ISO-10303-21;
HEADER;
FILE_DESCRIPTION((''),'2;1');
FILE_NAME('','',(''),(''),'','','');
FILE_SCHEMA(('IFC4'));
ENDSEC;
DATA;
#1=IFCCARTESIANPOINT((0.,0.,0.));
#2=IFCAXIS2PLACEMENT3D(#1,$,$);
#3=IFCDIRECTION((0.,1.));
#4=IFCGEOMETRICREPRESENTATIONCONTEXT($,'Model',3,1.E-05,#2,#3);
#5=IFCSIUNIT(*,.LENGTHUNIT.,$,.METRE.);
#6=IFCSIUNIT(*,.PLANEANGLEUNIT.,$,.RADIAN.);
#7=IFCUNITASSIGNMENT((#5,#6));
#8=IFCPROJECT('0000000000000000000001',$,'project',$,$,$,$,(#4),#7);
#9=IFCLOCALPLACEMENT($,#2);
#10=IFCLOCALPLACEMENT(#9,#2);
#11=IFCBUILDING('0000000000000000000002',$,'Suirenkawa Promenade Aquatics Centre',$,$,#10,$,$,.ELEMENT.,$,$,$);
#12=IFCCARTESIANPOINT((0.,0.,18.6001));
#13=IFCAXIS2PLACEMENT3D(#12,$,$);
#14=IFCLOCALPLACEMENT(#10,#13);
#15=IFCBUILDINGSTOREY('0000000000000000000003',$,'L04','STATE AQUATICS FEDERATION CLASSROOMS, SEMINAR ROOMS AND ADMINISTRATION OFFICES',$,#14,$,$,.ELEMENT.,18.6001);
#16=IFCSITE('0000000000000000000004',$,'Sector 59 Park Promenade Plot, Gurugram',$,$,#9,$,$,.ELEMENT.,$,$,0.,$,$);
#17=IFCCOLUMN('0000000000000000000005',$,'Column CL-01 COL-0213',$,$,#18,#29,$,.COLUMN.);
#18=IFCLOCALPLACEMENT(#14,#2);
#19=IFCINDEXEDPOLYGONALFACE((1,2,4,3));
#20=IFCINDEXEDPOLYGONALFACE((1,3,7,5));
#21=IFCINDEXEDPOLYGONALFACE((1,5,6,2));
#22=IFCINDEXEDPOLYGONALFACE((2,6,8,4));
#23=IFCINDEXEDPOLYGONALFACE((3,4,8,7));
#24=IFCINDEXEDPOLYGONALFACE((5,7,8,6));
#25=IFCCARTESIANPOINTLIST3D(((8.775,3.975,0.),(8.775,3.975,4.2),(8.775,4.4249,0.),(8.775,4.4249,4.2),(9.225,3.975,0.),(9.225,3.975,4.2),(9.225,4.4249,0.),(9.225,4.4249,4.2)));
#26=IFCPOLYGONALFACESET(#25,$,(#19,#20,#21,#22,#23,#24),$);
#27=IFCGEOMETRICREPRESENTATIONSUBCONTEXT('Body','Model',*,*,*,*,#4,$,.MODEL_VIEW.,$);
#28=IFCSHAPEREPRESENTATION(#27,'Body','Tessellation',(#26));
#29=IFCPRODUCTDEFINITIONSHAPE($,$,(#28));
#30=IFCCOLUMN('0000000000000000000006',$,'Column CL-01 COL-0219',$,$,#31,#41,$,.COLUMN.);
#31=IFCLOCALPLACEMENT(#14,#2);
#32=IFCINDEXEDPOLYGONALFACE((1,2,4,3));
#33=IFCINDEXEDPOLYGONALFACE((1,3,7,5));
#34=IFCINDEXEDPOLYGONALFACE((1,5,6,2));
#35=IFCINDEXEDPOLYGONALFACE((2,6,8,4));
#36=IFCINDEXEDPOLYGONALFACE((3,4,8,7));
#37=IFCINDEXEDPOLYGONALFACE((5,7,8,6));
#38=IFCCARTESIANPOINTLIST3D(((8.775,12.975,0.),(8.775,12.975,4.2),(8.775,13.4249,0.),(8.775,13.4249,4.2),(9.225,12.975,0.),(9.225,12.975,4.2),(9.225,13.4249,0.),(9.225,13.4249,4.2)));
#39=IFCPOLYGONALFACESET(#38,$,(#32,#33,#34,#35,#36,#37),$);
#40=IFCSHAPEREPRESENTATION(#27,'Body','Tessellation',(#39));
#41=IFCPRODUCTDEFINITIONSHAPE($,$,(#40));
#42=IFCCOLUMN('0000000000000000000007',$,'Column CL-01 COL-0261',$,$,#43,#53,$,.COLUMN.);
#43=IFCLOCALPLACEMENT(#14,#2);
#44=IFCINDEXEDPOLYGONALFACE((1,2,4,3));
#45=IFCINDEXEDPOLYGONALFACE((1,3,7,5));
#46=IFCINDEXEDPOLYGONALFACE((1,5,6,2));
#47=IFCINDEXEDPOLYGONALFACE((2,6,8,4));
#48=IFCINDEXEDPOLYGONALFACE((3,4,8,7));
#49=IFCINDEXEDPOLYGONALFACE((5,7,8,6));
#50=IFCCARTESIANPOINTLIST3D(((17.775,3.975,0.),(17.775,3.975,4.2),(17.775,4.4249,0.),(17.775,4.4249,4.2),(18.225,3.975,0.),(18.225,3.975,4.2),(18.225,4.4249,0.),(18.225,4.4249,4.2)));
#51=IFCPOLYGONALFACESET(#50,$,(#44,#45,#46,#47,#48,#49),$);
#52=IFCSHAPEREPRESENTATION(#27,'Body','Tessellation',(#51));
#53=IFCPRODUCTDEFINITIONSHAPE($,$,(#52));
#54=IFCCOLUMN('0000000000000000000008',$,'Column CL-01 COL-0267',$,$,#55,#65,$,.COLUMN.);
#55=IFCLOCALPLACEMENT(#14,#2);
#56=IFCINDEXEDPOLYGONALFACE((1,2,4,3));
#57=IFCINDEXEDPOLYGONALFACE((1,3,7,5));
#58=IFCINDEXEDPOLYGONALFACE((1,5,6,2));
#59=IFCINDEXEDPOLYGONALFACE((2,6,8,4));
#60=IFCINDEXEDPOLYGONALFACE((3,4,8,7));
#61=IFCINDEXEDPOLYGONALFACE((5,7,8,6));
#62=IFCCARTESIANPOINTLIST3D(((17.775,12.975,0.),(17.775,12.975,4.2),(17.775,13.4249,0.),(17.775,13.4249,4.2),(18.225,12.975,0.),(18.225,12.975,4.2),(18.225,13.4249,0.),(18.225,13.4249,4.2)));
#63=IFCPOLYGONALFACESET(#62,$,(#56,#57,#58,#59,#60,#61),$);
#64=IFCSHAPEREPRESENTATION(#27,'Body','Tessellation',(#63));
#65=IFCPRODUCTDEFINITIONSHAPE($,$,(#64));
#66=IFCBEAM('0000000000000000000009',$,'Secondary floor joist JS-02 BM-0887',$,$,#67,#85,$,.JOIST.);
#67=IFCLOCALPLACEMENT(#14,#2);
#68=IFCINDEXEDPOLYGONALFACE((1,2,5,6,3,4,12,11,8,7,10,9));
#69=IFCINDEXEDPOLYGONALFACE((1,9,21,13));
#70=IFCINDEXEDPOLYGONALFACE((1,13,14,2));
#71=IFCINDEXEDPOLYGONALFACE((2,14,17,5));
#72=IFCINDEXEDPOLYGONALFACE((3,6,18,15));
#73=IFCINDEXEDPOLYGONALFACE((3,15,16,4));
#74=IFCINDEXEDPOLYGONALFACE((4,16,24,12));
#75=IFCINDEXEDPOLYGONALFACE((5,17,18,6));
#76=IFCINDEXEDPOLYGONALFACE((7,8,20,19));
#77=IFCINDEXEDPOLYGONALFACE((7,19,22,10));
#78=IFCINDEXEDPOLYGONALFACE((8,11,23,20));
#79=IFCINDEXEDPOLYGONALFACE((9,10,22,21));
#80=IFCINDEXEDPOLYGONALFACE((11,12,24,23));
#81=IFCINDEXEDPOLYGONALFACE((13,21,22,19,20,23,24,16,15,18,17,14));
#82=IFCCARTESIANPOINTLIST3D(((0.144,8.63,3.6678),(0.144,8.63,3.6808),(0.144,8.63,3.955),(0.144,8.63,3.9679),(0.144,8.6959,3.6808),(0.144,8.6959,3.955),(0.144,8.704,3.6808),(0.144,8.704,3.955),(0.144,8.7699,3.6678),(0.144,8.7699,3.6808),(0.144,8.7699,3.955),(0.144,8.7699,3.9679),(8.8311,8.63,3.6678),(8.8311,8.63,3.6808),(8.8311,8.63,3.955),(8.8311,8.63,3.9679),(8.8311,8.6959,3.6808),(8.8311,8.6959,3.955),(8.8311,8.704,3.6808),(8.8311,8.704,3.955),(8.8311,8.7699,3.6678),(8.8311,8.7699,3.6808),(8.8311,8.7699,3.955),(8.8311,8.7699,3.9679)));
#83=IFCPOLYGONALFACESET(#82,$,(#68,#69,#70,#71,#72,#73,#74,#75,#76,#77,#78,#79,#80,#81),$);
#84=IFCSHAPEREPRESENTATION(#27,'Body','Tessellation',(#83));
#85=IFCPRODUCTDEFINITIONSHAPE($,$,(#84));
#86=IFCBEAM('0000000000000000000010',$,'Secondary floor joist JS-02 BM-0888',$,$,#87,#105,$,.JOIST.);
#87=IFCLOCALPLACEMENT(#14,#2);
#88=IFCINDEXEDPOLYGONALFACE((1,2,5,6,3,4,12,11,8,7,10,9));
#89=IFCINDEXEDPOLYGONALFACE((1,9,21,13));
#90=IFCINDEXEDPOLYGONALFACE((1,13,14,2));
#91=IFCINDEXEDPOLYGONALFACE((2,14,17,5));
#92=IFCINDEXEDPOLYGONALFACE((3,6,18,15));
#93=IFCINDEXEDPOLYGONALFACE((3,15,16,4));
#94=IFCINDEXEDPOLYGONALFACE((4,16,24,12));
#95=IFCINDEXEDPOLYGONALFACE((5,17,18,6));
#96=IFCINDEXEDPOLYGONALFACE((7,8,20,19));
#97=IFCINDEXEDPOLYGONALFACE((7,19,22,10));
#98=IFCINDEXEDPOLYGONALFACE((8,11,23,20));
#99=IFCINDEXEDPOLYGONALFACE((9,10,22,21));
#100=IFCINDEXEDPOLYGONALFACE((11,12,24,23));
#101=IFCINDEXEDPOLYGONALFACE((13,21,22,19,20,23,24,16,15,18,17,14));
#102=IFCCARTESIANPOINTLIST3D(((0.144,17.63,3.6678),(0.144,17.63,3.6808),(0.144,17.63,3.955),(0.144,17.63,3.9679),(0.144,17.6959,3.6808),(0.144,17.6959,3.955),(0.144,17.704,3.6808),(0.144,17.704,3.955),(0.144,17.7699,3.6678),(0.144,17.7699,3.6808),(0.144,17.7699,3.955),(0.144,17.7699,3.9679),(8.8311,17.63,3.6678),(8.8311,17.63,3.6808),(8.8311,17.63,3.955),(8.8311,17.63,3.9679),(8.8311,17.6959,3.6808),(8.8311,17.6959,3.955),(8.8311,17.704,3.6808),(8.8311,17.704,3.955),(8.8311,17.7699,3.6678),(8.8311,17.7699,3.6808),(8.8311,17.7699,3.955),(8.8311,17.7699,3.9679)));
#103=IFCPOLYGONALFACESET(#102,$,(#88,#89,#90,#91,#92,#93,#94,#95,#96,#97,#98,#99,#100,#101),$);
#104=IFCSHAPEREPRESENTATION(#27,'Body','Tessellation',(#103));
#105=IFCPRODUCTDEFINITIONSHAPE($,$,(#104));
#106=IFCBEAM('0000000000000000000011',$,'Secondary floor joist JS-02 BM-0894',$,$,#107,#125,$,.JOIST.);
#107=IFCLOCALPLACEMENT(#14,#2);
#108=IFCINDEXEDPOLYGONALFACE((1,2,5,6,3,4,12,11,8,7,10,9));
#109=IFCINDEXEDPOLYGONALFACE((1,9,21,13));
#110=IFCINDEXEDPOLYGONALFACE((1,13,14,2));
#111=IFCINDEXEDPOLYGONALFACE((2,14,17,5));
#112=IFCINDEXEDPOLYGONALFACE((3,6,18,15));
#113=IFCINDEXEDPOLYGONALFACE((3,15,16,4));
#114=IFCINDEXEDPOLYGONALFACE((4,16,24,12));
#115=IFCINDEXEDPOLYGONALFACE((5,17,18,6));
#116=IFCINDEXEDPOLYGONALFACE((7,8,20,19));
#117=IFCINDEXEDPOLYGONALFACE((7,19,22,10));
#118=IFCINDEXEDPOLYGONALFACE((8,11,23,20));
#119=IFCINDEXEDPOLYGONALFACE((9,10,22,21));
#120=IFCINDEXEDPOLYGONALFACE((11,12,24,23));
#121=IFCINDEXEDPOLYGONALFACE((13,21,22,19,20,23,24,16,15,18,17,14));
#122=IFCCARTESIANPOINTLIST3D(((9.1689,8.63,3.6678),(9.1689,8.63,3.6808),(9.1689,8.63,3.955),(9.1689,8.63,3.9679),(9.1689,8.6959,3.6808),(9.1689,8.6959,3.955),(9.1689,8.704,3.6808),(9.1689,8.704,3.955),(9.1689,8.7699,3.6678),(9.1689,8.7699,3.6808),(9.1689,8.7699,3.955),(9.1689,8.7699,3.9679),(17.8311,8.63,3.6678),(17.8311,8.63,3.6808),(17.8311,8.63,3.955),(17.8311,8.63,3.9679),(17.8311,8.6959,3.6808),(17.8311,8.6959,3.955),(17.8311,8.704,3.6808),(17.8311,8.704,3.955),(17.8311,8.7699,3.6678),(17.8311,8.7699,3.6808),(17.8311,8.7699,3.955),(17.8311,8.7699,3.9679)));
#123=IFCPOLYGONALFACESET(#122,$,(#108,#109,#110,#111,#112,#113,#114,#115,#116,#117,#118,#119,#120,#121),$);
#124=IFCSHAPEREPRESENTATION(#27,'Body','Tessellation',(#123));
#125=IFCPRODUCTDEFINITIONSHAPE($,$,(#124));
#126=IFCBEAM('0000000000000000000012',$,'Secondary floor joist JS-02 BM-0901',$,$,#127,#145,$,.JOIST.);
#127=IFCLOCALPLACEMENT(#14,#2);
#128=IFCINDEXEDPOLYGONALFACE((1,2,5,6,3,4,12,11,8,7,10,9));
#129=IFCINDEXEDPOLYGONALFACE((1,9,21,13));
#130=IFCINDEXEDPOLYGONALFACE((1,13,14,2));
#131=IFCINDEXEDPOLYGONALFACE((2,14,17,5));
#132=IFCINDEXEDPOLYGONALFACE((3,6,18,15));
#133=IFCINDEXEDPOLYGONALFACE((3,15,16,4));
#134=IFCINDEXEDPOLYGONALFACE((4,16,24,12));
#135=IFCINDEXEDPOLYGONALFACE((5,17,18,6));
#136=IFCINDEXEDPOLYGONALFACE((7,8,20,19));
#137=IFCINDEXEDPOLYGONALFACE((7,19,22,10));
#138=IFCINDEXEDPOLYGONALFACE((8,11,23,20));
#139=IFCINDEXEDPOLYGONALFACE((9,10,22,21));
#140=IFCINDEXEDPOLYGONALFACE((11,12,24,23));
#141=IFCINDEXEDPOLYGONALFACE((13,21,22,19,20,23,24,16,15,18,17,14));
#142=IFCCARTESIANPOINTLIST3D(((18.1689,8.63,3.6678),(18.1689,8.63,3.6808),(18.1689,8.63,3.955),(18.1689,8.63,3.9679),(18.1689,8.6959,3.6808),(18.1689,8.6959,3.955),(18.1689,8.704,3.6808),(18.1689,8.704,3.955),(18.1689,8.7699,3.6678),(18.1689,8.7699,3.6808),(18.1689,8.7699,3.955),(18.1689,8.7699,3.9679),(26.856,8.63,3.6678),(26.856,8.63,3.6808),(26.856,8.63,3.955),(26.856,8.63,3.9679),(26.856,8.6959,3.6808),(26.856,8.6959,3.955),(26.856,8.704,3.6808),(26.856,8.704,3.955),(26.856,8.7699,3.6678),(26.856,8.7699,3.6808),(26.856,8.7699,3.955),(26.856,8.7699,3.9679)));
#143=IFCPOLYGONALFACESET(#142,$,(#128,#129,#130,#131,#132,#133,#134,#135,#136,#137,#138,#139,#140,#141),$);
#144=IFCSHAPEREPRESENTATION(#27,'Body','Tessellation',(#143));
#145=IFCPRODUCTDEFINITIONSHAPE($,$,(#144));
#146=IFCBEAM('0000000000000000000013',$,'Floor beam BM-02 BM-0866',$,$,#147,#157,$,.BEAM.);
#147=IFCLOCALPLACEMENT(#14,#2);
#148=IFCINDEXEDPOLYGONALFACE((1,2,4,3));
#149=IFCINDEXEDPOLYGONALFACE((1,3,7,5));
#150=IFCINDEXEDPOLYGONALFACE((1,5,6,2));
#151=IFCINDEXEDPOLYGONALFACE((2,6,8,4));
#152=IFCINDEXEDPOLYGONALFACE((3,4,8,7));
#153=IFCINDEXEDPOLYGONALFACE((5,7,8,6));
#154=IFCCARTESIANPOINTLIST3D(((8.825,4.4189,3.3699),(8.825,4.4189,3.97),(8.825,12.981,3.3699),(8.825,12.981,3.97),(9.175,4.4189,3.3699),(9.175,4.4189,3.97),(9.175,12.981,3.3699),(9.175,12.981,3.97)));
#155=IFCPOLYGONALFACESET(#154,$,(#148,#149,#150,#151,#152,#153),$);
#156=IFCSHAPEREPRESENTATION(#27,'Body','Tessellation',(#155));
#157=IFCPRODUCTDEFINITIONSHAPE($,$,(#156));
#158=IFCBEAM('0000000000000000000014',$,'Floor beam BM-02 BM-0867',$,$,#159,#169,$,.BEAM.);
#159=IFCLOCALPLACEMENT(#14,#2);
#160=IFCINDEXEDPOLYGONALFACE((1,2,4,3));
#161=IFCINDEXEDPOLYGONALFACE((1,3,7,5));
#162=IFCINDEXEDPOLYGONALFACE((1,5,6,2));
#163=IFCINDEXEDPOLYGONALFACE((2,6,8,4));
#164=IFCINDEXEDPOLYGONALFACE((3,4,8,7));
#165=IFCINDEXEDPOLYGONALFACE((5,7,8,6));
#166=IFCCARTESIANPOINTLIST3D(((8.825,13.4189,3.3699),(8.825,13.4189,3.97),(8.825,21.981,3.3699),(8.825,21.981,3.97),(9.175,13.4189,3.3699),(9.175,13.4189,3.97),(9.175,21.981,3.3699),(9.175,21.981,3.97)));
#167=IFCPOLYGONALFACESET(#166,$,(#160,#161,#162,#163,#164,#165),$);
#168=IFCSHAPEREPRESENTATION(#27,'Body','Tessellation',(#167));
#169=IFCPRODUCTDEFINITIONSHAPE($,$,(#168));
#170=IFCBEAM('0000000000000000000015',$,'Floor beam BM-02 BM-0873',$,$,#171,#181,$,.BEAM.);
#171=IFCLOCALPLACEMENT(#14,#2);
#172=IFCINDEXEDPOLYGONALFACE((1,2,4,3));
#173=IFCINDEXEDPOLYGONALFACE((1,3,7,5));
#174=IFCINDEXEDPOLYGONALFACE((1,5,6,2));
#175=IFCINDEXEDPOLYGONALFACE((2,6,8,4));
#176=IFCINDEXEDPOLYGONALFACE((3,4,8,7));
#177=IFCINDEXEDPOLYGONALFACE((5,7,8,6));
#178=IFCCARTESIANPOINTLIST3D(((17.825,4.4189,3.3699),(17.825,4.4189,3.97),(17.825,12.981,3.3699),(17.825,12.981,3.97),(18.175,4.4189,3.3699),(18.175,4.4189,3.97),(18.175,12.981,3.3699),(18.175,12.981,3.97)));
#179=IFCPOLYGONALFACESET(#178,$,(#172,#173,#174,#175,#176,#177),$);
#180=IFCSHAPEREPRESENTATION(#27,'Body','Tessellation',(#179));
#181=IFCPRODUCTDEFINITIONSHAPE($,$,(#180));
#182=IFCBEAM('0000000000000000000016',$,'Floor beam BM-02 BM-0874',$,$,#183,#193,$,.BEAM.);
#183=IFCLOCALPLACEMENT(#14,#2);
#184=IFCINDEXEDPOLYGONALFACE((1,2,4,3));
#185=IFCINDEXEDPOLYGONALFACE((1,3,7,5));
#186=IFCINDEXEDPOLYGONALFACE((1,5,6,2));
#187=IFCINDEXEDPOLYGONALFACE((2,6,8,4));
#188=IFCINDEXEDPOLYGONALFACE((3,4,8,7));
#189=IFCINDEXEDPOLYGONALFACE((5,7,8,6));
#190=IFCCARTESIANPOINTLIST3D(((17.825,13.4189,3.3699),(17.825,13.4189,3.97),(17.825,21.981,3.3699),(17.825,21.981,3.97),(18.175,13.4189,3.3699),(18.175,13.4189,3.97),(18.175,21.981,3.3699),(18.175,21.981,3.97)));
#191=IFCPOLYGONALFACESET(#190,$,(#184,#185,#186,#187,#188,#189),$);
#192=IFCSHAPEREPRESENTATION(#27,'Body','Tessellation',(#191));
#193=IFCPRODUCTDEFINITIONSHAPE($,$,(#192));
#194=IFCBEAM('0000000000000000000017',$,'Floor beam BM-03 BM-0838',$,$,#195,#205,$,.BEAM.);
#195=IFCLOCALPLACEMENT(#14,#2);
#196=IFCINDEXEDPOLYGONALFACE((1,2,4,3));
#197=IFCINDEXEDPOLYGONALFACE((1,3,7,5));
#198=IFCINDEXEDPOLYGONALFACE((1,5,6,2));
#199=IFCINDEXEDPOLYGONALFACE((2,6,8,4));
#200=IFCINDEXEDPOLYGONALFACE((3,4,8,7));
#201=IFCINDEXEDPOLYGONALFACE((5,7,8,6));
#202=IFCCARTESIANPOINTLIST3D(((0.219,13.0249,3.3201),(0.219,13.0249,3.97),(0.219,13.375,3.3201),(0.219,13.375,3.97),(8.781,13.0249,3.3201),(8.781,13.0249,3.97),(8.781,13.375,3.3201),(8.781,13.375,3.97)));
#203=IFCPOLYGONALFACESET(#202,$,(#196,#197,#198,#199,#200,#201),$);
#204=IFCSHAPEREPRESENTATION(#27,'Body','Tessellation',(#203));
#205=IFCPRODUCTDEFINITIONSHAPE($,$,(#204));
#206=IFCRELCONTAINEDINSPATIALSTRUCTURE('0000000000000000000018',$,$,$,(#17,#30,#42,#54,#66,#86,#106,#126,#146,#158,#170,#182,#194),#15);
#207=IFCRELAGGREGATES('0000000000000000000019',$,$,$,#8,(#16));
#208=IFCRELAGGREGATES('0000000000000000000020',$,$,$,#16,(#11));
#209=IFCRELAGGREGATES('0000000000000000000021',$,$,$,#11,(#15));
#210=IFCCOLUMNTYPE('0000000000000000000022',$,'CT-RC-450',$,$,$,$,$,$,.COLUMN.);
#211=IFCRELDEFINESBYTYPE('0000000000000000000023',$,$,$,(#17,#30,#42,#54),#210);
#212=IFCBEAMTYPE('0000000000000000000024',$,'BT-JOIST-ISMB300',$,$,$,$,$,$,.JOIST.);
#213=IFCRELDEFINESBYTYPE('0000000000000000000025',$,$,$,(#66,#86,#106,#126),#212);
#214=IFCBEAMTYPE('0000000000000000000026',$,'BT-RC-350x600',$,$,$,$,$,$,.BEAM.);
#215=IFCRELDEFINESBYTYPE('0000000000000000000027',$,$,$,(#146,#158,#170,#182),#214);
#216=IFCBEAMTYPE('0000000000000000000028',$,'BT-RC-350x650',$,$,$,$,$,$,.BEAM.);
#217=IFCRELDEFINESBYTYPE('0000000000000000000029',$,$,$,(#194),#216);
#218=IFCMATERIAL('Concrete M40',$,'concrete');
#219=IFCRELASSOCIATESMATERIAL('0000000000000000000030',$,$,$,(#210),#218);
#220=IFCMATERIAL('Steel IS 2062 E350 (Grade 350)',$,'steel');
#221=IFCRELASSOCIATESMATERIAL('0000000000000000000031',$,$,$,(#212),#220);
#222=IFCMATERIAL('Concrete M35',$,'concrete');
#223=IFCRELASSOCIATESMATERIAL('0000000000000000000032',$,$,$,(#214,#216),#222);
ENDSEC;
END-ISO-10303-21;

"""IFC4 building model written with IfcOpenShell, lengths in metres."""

from ifc_helpers import new_model, si_unit, direction, frame, origin, origin_2d, place, context, subcontext, project, spatial, rectangle, i_section, extrude, material, material_profile, profile_set, type_object, element, save


model = new_model("IFC4")

# Units and contexts
model_context = context("Model", 3, precision=1e-05, world=origin(), true_north=direction((0.0, 1.0)))
body_context = subcontext(model_context, "Body", "Model", "MODEL_VIEW")
ifc_project = project(units=[si_unit("LENGTHUNIT", "METRE"), si_unit("PLANEANGLEUNIT", "RADIAN")], contexts=[model_context])

# Site, building, storey
site_placement = place(None, origin())
site = spatial("IfcSite", under=ifc_project, at=site_placement, Name="Sector 59 Park Promenade Plot, Gurugram", CompositionType="ELEMENT", RefElevation=0.0)
building_placement = place(site_placement, origin())
building = spatial("IfcBuilding", under=site, at=building_placement, Name="Suirenkawa Promenade Aquatics Centre", CompositionType="ELEMENT")
storey_placement = place(building_placement, frame((0.0, 0.0, 18.6001)))
storey = spatial("IfcBuildingStorey", under=building, at=storey_placement, Name="L04", Description="STATE AQUATICS FEDERATION CLASSROOMS, SEMINAR ROOMS AND ADMINISTRATION OFFICES", CompositionType="ELEMENT", Elevation=18.6001)

# Columns
ifc_material_1 = material(Name="Concrete M40", Category="concrete")
ifc_material_profile_1 = material_profile(ifc_material_1, rectangle(XDim=0.45, YDim=0.45, at=origin_2d()), Name="RC COL 450x450", Category="concrete")
ifc_profile_set_1 = profile_set([ifc_material_profile_1], Name="Concrete M40")
column_type = type_object("IfcColumnType", Name="CT-RC-450", PredefinedType="COLUMN", material=ifc_profile_set_1)
for number, where, z_axis, x_axis, name in (
    (1, (9.0, 4.2, 0.0), (0.0, 0.0, 1.0), (1.0, 0.0, 0.0), "Column CL-01 COL-0213"),
    (2, (9.0, 13.2, 0.0), (0.0, 0.0, 1.0), (1.0, 0.0, 0.0), "Column CL-01 COL-0219"),
    (3, (18.0, 4.2, 0.0), (0.0, 0.0, 1.0), (1.0, 0.0, 0.0), "Column CL-01 COL-0261"),
    (4, (18.0, 13.2, 0.0), (0.0, 0.0, 1.0), (1.0, 0.0, 0.0), "Column CL-01 COL-0267"),
):
    element("IfcColumn", number, at=place(storey_placement, frame(where, z_axis=z_axis, x_axis=x_axis)), inside=storey, type_object=column_type, Name=name, PredefinedType="COLUMN", context=body_context, shape_type="SweptSolid", body=[
        extrude(rectangle(XDim=0.45, YDim=0.45, at=origin_2d()), origin(), (0.0, 0.0, 1.0), 4.2),
    ])

# Beams
ifc_material_2 = material(Name="Steel IS 2062 E350 (Grade 350)", Category="steel")
ifc_material_profile_2 = material_profile(ifc_material_2, i_section(OverallWidth=0.1399, OverallDepth=0.3, WebThickness=0.0081, FlangeThickness=0.0129, at=origin_2d()), Name="ISMB 300", Category="steel")
ifc_profile_set_2 = profile_set([ifc_material_profile_2], Name="Steel IS 2062 E350 (Grade 350)")
beam_type_1 = type_object("IfcBeamType", Name="BT-JOIST-ISMB300", PredefinedType="JOIST", material=ifc_profile_set_2)
for number, where, z_axis, x_axis, name in (
    (5, (0.144, 8.7, 3.8179), (1.0, 0.0, 0.0), (0.0, 1.0, 0.0), "Secondary floor joist JS-02 BM-0887"),
    (6, (0.144, 17.7, 3.8179), (1.0, 0.0, 0.0), (0.0, 1.0, 0.0), "Secondary floor joist JS-02 BM-0888"),
):
    element("IfcBeam", number, at=place(storey_placement, frame(where, z_axis=z_axis, x_axis=x_axis)), inside=storey, type_object=beam_type_1, Name=name, PredefinedType="JOIST", context=body_context, shape_type="SweptSolid", body=[
        extrude(i_section(OverallWidth=0.1399, OverallDepth=0.3, WebThickness=0.0081, FlangeThickness=0.0129, at=origin_2d()), origin(), (0.0, 0.0, 1.0), 8.687),
    ])
beam_1_placement = place(storey_placement, frame((9.1689, 8.7, 3.8179), z_axis=(1.0, 0.0, 0.0), x_axis=(0.0, 1.0, 0.0)))
element("IfcBeam", 7, at=beam_1_placement, inside=storey, type_object=beam_type_1, Name="Secondary floor joist JS-02 BM-0894", PredefinedType="JOIST", context=body_context, shape_type="SweptSolid", body=[
    extrude(i_section(OverallWidth=0.1399, OverallDepth=0.3, WebThickness=0.0081, FlangeThickness=0.0129, at=origin_2d()), origin(), (0.0, 0.0, 1.0), 8.6621),
])
beam_2_placement = place(storey_placement, frame((18.1689, 8.7, 3.8179), z_axis=(1.0, 0.0, 0.0), x_axis=(0.0, 1.0, 0.0)))
element("IfcBeam", 8, at=beam_2_placement, inside=storey, type_object=beam_type_1, Name="Secondary floor joist JS-02 BM-0901", PredefinedType="JOIST", context=body_context, shape_type="SweptSolid", body=[
    extrude(i_section(OverallWidth=0.1399, OverallDepth=0.3, WebThickness=0.0081, FlangeThickness=0.0129, at=origin_2d()), origin(), (0.0, 0.0, 1.0), 8.687),
])
ifc_material_3 = material(Name="Concrete M35", Category="concrete")
ifc_material_profile_3 = material_profile(ifc_material_3, rectangle(XDim=0.3501, YDim=0.6001, at=origin_2d()), Name="RC BM 350x600", Category="concrete")
ifc_profile_set_3 = profile_set([ifc_material_profile_3], Name="Concrete M35")
beam_type_2 = type_object("IfcBeamType", Name="BT-RC-350x600", PredefinedType="BEAM", material=ifc_profile_set_3)
for number, where, z_axis, x_axis, name in (
    (9, (9.0, 4.4189, 3.6699), (0.0, 1.0, 0.0), (-1.0, 0.0, 0.0), "Floor beam BM-02 BM-0866"),
    (10, (9.0, 13.4189, 3.6699), (0.0, 1.0, 0.0), (-1.0, 0.0, 0.0), "Floor beam BM-02 BM-0867"),
    (11, (18.0, 4.4189, 3.6699), (0.0, 1.0, 0.0), (-1.0, 0.0, 0.0), "Floor beam BM-02 BM-0873"),
    (12, (18.0, 13.4189, 3.6699), (0.0, 1.0, 0.0), (-1.0, 0.0, 0.0), "Floor beam BM-02 BM-0874"),
):
    element("IfcBeam", number, at=place(storey_placement, frame(where, z_axis=z_axis, x_axis=x_axis)), inside=storey, type_object=beam_type_2, Name=name, PredefinedType="BEAM", context=body_context, shape_type="SweptSolid", body=[
        extrude(rectangle(XDim=0.3501, YDim=0.6001, at=origin_2d()), origin(), (0.0, 0.0, 1.0), 8.562),
    ])
ifc_material_profile_4 = material_profile(ifc_material_3, rectangle(XDim=0.3501, YDim=0.6499, at=origin_2d()), Name="RC BM 350x650", Category="concrete")
ifc_profile_set_4 = profile_set([ifc_material_profile_4], Name="Concrete M35")
beam_type_3 = type_object("IfcBeamType", Name="BT-RC-350x650", PredefinedType="BEAM", material=ifc_profile_set_4)
for number, where, z_axis, x_axis, name in (
    (13, (0.219, 13.2, 3.645), (1.0, 0.0, 0.0), (0.0, 1.0, 0.0), "Floor beam BM-03 BM-0838"),
):
    element("IfcBeam", number, at=place(storey_placement, frame(where, z_axis=z_axis, x_axis=x_axis)), inside=storey, type_object=beam_type_3, Name=name, PredefinedType="BEAM", context=body_context, shape_type="SweptSolid", body=[
        extrude(rectangle(XDim=0.3501, YDim=0.6499, at=origin_2d()), origin(), (0.0, 0.0, 1.0), 8.562),
    ])

save(model, "model.ifc")
